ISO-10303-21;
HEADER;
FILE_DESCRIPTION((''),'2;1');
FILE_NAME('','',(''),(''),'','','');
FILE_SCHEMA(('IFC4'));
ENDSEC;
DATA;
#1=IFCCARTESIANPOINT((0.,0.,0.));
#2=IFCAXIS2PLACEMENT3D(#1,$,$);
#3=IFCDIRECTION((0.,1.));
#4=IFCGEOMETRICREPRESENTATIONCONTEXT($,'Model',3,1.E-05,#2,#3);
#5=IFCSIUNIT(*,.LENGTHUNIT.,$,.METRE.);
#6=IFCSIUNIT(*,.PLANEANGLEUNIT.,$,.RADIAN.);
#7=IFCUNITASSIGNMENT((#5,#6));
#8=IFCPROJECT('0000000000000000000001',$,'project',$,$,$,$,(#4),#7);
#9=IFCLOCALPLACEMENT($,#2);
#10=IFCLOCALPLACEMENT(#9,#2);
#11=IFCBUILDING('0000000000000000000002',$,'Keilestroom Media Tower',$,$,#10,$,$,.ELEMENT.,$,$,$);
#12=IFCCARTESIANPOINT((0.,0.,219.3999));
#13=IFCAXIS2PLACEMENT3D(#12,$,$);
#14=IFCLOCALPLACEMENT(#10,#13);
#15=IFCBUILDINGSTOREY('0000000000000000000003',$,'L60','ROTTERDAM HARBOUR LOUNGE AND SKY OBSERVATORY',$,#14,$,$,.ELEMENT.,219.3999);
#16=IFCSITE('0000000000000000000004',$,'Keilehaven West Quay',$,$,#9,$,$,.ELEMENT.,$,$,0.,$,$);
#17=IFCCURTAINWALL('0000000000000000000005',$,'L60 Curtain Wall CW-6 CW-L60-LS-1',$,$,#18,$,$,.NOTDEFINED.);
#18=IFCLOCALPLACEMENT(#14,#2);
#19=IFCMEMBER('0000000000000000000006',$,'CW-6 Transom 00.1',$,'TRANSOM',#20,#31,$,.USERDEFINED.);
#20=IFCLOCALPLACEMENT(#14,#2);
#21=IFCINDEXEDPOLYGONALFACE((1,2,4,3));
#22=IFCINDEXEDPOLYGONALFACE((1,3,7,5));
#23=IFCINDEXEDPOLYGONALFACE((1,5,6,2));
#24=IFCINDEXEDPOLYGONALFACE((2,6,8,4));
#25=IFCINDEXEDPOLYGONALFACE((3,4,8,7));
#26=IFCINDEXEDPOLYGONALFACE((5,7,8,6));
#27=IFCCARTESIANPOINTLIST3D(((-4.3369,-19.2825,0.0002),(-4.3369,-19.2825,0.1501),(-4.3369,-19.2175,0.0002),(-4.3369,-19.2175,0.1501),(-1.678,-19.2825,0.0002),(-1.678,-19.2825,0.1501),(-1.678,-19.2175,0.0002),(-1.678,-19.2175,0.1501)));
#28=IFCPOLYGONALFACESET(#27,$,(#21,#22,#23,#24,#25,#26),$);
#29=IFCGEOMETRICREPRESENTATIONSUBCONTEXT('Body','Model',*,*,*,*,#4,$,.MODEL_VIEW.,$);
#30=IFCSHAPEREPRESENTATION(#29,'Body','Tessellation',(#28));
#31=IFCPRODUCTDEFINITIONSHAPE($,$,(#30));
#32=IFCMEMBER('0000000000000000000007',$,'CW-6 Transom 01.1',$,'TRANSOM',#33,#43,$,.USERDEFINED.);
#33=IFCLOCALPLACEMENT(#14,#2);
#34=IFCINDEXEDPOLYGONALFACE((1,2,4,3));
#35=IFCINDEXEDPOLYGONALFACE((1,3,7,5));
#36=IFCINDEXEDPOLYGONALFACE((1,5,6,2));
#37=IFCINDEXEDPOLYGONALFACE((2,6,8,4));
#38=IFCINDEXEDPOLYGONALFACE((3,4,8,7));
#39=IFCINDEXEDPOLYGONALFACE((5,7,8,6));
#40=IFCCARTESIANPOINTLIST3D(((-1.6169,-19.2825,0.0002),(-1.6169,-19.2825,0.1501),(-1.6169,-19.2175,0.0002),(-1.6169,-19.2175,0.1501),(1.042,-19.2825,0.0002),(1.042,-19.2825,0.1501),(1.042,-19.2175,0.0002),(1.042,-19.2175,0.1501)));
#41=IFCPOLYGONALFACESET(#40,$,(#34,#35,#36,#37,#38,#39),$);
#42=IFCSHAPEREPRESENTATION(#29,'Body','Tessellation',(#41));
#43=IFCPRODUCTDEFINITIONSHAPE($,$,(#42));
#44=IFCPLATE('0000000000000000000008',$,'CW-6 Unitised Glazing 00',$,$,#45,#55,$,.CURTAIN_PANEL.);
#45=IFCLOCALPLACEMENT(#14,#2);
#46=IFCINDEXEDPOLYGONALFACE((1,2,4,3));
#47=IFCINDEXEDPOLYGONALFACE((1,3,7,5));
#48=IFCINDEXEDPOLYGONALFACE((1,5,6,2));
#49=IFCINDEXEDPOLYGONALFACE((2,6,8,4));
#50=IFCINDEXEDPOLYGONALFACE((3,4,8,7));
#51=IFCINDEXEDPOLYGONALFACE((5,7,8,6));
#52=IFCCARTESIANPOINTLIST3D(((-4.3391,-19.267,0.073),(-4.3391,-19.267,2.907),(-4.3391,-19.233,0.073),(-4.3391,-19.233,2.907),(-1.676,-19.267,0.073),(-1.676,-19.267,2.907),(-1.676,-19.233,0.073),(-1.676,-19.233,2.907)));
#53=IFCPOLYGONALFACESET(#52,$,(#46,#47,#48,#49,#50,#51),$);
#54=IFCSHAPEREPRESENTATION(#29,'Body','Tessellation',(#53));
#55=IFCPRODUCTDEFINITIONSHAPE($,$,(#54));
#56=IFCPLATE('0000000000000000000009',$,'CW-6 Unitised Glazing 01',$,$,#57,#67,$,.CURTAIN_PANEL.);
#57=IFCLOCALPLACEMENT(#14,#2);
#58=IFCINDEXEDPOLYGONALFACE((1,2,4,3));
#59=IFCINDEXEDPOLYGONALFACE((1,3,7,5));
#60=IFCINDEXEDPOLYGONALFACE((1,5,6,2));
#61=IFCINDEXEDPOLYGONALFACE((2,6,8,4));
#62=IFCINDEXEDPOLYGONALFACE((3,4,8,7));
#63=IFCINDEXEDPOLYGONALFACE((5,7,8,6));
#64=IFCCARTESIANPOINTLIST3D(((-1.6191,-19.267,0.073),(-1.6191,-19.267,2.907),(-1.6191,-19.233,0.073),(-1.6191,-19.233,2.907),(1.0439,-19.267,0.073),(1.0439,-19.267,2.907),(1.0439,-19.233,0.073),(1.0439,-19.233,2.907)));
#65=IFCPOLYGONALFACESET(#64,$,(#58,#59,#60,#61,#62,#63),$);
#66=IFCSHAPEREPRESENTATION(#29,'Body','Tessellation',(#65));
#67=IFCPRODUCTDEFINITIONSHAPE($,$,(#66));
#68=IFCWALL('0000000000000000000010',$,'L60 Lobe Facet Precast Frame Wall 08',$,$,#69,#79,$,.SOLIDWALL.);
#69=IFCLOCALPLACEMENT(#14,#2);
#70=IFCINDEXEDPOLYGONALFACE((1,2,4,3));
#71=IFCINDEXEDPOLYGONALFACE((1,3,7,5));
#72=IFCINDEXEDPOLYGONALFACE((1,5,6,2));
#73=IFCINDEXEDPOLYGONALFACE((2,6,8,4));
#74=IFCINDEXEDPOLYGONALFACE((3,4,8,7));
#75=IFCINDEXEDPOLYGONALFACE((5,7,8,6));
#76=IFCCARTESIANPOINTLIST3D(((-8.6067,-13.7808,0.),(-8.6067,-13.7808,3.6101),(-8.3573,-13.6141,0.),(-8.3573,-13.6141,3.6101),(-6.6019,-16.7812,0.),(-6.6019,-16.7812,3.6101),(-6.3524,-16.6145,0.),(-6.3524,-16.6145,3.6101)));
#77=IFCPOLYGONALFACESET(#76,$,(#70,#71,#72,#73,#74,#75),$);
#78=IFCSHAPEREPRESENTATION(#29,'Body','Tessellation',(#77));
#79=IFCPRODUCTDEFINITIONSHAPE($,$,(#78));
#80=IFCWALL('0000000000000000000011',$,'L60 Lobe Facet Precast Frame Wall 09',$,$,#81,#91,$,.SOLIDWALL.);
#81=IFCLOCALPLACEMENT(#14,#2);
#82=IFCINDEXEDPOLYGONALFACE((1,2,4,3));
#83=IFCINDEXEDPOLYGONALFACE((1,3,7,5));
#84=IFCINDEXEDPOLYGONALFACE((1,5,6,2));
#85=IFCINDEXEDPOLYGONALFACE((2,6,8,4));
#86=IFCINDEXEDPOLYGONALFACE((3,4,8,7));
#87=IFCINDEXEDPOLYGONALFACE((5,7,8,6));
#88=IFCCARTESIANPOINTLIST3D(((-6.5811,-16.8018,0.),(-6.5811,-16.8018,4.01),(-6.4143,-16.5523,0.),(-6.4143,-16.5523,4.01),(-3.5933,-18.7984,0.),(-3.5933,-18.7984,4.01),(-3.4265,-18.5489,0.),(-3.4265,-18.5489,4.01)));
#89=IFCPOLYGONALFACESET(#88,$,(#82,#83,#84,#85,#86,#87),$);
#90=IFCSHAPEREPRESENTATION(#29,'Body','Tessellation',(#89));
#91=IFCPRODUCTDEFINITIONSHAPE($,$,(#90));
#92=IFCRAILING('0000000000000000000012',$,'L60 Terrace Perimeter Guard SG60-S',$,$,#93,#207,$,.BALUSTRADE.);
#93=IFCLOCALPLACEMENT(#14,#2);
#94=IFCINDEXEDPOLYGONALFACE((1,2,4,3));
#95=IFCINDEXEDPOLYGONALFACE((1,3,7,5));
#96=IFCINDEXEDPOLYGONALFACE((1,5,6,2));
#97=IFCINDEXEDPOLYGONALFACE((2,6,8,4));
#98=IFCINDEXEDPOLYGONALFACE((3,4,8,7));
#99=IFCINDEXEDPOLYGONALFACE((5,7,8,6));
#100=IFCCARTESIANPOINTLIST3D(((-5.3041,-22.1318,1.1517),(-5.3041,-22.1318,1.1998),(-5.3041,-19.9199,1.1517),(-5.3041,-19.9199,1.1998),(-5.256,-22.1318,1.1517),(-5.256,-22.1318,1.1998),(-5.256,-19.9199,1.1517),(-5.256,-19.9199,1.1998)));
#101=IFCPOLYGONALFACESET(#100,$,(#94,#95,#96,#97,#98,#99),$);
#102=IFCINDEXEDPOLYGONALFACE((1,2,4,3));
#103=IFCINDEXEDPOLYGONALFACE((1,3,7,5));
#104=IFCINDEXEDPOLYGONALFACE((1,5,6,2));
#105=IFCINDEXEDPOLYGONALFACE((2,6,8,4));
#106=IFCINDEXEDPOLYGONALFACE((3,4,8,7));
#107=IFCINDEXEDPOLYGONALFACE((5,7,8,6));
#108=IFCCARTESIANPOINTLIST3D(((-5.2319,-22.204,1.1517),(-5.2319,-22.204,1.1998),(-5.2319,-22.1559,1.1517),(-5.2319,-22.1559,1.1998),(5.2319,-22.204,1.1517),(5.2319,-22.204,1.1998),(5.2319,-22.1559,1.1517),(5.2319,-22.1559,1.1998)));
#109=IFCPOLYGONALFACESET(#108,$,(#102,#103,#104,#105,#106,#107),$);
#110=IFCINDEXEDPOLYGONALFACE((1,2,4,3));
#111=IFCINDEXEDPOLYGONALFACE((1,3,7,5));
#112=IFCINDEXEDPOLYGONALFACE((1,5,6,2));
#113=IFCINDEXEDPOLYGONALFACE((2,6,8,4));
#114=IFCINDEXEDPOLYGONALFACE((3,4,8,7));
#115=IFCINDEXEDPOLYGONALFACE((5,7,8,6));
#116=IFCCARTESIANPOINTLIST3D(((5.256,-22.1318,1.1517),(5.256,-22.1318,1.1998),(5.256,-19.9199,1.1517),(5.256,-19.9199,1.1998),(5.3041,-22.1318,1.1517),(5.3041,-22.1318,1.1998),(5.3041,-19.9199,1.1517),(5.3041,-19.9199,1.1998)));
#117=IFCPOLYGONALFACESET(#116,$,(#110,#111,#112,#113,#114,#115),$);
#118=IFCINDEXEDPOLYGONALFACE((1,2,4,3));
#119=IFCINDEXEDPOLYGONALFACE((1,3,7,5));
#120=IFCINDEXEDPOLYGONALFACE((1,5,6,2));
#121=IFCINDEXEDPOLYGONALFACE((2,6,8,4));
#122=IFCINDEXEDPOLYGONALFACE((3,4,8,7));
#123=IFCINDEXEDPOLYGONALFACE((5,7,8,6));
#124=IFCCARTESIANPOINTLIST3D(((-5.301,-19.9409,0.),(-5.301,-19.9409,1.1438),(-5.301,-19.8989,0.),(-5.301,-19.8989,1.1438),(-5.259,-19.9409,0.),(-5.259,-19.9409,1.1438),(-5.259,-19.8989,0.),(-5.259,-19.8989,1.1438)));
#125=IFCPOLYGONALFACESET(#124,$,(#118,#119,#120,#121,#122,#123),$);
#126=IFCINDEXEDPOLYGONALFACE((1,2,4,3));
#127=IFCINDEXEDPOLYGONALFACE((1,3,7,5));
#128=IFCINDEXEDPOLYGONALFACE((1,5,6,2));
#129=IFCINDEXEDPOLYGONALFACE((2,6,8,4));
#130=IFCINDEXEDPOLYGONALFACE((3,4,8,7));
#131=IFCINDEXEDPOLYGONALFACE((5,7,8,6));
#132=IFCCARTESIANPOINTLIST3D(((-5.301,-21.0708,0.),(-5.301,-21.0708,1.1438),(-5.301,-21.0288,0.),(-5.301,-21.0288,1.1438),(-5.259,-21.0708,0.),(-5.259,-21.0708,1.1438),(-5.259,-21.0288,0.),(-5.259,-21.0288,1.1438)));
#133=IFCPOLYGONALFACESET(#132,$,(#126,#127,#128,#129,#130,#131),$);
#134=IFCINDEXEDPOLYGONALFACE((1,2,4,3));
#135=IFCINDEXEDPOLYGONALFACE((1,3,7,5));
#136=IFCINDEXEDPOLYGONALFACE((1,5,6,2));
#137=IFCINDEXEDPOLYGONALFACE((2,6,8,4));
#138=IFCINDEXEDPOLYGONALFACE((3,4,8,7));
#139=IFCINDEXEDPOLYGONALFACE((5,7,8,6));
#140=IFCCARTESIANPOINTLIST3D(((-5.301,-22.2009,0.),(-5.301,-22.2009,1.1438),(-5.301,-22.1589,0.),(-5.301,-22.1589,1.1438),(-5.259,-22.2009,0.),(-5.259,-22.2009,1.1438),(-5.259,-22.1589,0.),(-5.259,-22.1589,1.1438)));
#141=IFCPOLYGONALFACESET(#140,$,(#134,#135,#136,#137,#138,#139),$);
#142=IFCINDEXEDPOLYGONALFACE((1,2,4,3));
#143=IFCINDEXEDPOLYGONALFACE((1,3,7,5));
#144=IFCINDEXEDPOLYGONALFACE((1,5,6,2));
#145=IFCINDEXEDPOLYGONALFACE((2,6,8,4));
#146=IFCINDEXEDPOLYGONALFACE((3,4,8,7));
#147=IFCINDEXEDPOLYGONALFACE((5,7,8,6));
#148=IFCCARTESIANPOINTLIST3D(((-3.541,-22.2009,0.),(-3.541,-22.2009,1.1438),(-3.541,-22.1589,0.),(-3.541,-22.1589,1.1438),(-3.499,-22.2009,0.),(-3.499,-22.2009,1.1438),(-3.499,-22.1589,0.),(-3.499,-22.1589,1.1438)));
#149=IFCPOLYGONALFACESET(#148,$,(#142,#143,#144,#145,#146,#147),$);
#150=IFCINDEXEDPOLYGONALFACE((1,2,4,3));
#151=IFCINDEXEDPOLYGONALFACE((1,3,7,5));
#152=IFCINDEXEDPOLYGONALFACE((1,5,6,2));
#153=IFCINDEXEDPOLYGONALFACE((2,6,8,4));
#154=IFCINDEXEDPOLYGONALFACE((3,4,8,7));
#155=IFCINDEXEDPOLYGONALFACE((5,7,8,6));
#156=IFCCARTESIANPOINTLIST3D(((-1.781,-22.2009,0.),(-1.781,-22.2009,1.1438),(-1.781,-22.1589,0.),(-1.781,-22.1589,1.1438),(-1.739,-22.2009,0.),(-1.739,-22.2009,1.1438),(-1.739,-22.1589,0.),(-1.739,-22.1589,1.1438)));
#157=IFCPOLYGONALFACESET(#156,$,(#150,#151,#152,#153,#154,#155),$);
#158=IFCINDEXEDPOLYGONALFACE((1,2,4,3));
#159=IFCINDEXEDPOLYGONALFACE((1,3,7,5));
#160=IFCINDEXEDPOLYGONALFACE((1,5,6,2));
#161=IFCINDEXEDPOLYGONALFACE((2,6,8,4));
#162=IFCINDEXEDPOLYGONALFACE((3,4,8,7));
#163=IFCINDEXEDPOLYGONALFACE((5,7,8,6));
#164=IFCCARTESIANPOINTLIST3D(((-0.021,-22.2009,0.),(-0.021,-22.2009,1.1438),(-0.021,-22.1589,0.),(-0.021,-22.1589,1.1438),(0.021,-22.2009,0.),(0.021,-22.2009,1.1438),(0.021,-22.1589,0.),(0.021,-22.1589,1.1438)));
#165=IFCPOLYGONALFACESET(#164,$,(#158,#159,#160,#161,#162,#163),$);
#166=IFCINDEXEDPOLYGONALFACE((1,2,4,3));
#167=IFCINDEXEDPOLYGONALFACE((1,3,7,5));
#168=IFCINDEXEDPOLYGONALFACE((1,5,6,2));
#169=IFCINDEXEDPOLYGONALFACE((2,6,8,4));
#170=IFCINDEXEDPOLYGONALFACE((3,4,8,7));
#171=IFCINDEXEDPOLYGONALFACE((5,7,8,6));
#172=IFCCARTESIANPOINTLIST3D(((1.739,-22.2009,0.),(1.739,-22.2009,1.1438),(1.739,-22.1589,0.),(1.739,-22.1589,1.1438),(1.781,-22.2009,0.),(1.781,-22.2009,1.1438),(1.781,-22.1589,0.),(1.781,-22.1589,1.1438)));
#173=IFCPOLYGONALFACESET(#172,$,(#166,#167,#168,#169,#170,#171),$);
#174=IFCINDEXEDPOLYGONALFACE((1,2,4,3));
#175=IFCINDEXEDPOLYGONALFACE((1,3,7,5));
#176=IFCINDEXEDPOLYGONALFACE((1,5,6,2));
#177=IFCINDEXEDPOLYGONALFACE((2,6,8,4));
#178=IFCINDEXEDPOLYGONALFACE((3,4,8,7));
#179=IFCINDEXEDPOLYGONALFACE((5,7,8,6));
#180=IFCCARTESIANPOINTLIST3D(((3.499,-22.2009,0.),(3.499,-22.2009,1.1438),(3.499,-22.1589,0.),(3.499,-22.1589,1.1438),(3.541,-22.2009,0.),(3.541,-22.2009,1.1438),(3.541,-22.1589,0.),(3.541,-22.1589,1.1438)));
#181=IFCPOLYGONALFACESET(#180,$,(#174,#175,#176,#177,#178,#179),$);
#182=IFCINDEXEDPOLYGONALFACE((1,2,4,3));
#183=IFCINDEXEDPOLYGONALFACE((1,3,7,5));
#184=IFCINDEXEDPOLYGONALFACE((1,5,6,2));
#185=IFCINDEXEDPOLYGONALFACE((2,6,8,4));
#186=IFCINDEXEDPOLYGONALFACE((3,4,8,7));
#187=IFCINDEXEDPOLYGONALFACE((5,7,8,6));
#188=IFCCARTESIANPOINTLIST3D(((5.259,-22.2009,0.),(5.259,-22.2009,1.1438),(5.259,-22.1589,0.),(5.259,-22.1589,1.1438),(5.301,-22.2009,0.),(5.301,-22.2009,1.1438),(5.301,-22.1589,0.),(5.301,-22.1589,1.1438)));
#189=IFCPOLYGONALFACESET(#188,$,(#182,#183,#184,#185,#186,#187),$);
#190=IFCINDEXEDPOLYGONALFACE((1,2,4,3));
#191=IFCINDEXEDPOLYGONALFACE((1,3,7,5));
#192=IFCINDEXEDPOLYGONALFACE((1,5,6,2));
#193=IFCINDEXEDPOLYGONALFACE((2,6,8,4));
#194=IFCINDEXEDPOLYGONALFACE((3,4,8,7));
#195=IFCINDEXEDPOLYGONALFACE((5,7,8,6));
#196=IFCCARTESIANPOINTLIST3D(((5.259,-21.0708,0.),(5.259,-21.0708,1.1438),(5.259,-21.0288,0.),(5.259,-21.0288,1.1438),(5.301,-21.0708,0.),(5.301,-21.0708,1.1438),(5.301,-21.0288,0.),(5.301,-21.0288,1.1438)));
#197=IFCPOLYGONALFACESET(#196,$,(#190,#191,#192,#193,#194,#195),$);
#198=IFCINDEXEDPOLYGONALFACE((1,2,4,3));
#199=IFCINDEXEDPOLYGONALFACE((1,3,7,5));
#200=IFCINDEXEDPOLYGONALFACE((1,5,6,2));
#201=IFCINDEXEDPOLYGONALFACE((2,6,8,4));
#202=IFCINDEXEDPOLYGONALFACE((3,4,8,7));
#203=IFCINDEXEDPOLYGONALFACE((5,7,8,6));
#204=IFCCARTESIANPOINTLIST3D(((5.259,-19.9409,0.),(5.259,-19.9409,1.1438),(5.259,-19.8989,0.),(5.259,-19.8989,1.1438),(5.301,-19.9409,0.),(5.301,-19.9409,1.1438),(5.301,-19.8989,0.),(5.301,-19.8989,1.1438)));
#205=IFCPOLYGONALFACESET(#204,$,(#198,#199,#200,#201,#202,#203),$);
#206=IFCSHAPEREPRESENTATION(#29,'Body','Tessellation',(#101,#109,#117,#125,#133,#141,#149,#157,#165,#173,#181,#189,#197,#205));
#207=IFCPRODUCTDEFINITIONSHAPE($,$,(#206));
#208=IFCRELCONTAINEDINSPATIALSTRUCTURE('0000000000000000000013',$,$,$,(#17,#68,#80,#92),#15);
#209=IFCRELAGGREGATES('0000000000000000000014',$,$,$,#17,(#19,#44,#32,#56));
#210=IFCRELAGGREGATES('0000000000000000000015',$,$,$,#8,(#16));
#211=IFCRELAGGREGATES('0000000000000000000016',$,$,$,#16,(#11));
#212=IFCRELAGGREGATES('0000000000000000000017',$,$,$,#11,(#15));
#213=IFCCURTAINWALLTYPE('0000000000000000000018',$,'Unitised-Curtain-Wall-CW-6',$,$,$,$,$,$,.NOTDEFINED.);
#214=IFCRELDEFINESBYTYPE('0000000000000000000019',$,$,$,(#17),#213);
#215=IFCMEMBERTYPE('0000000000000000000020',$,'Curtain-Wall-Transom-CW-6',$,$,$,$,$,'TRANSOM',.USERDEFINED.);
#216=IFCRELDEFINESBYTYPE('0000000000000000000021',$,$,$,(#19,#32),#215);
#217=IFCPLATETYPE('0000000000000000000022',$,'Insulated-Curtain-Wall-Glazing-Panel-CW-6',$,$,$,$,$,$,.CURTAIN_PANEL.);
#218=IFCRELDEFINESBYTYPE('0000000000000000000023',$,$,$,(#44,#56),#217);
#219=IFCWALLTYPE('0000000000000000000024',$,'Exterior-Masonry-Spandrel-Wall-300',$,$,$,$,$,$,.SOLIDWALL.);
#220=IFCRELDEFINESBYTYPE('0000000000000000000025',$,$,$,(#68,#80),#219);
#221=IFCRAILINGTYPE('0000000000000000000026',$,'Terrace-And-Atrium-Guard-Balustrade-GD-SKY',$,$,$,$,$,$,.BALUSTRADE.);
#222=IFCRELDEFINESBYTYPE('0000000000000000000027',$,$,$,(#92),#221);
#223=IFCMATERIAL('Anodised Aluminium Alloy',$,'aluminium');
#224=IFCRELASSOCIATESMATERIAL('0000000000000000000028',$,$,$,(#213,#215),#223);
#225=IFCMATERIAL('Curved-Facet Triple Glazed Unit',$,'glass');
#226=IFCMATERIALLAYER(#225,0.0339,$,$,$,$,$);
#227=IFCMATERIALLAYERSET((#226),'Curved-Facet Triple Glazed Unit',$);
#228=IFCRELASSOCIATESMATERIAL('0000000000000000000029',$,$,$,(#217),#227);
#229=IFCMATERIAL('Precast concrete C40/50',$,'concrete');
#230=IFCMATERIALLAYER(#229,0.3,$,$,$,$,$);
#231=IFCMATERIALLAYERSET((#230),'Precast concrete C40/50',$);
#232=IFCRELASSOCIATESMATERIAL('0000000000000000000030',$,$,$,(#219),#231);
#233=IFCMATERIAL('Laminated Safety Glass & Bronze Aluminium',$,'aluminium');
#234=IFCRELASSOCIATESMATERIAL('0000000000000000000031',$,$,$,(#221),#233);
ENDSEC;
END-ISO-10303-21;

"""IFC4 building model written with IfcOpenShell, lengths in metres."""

from ifc_helpers import new_model, si_unit, direction, frame, frame_2d, origin, origin_2d, place, context, subcontext, project, spatial, rectangle, extrude, source, transform, mapped, material, layer, layer_set, material_profile, profile_set, type_object, element, aggregate, save


model = new_model("IFC4")

# Units and contexts
model_context = context("Model", 3, precision=1e-05, world=origin(), true_north=direction((0.0, 1.0)))
body_context = subcontext(model_context, "Body", "Model", "MODEL_VIEW")
ifc_project = project(units=[si_unit("LENGTHUNIT", "METRE"), si_unit("PLANEANGLEUNIT", "RADIAN")], contexts=[model_context])

# Site, building, storey
site_placement = place(None, origin())
site = spatial("IfcSite", under=ifc_project, at=site_placement, Name="Keilehaven West Quay", CompositionType="ELEMENT", RefElevation=0.0)
building_placement = place(site_placement, origin())
building = spatial("IfcBuilding", under=site, at=building_placement, Name="Keilestroom Media Tower", CompositionType="ELEMENT")
storey_placement = place(building_placement, frame((0.0, 0.0, 219.3999)))
storey = spatial("IfcBuildingStorey", under=building, at=storey_placement, Name="L60", Description="ROTTERDAM HARBOUR LOUNGE AND SKY OBSERVATORY", CompositionType="ELEMENT", Elevation=219.3999)

# Curtain wall, members, plates
ifc_material_1 = material(Name="Anodised Aluminium Alloy", Category="aluminium")
curtain_wall_type = type_object("IfcCurtainWallType", Name="Unitised-Curtain-Wall-CW-6", PredefinedType="NOTDEFINED", material=ifc_material_1)
curtain_wall_placement = place(storey_placement, origin())
curtain_wall = element("IfcCurtainWall", 1, at=curtain_wall_placement, inside=storey, type_object=curtain_wall_type, Name="L60 Curtain Wall CW-6 CW-L60-LS-1", PredefinedType="NOTDEFINED")
ifc_material_profile_1 = material_profile(ifc_material_1, rectangle(XDim=0.0649, YDim=0.1499, at=origin_2d()), Name="ALU TRANSOM 65x150")
ifc_profile_set_1 = profile_set([ifc_material_profile_1], Name="Anodised Aluminium Alloy")
member_type_1 = type_object("IfcMemberType", Name="Curtain-Wall-Transom-CW-6", ElementType="TRANSOM", PredefinedType="USERDEFINED", material=ifc_profile_set_1)
shared_shape_1 = source(origin(), body_context, "Body", "SweptSolid", [
    extrude(rectangle(XDim=0.0649, YDim=0.1499, at=origin_2d()), origin(), (0.0, 0.0, 1.0), 2.6589),
])
member_1_placement = place(storey_placement, frame((-4.3369, -19.25, 0.0752), z_axis=(1.0, 0.0, 0.0), x_axis=(0.0, 1.0, 0.0)))
member_1 = element("IfcMember", 2, at=member_1_placement, type_object=member_type_1, Name="CW-6 Transom 00.1", ObjectType="TRANSOM", PredefinedType="USERDEFINED", context=body_context, shape_type="MappedRepresentation", body=[
    mapped(shared_shape_1, transform((0.0, 0.0, 0.0), x_axis=(1.0, 0.0, 0.0), y_axis=(0.0, 1.0, 0.0), z_axis=(0.0, 0.0, 1.0), scale=1.0)),
])
member_2_placement = place(storey_placement, frame((-1.6169, -19.25, 0.0752), z_axis=(1.0, 0.0, 0.0), x_axis=(0.0, 1.0, 0.0)))
member_2 = element("IfcMember", 3, at=member_2_placement, type_object=member_type_1, Name="CW-6 Transom 01.1", ObjectType="TRANSOM", PredefinedType="USERDEFINED", context=body_context, shape_type="MappedRepresentation", body=[
    mapped(shared_shape_1, transform((0.0, 0.0, 0.0), x_axis=(1.0, 0.0, 0.0), y_axis=(0.0, 1.0, 0.0), z_axis=(0.0, 0.0, 1.0), scale=1.0)),
])
ifc_material_2 = material(Name="Curved-Facet Triple Glazed Unit", Category="glass")
ifc_layer_1 = layer(ifc_material_2, 0.0339)
ifc_layer_set_1 = layer_set([ifc_layer_1], Name="Curved-Facet Triple Glazed Unit")
plate_type = type_object("IfcPlateType", Name="Insulated-Curtain-Wall-Glazing-Panel-CW-6", PredefinedType="CURTAIN_PANEL", material=ifc_layer_set_1)
shared_shape_2 = source(origin(), body_context, "Body", "SweptSolid", [
    extrude(rectangle(XDim=2.6631, YDim=0.0339, at=origin_2d()), origin(), (0.0, 0.0, 1.0), 2.834),
])
plate_1_placement = place(storey_placement, frame((-3.0076, -19.25, 0.073), z_axis=(0.0, 0.0, 1.0), x_axis=(1.0, 0.0, 0.0)))
plate_1 = element("IfcPlate", 4, at=plate_1_placement, type_object=plate_type, Name="CW-6 Unitised Glazing 00", PredefinedType="CURTAIN_PANEL", context=body_context, shape_type="MappedRepresentation", body=[
    mapped(shared_shape_2, transform((0.0, 0.0, 0.0), x_axis=(1.0, 0.0, 0.0), y_axis=(0.0, 1.0, 0.0), z_axis=(0.0, 0.0, 1.0), scale=1.0)),
])
plate_2_placement = place(storey_placement, frame((-0.2876, -19.25, 0.073), z_axis=(0.0, 0.0, 1.0), x_axis=(1.0, 0.0, 0.0)))
plate_2 = element("IfcPlate", 5, at=plate_2_placement, type_object=plate_type, Name="CW-6 Unitised Glazing 01", PredefinedType="CURTAIN_PANEL", context=body_context, shape_type="MappedRepresentation", body=[
    mapped(shared_shape_2, transform((0.0, 0.0, 0.0), x_axis=(1.0, 0.0, 0.0), y_axis=(0.0, 1.0, 0.0), z_axis=(0.0, 0.0, 1.0), scale=1.0)),
])
aggregate(curtain_wall, [member_1, plate_1, member_2, plate_2])

# Walls
ifc_material_3 = material(Name="Precast concrete C40/50", Category="concrete")
ifc_layer_2 = layer(ifc_material_3, 0.3)
ifc_layer_set_2 = layer_set([ifc_layer_2], Name="Precast concrete C40/50")
wall_type = type_object("IfcWallType", Name="Exterior-Masonry-Spandrel-Wall-300", PredefinedType="SOLIDWALL", material=ifc_layer_set_2)
wall_1_placement = place(storey_placement, frame((-8.4819, -13.6975, 0.0), z_axis=(0.0, 0.0, 1.0), x_axis=(0.555574, -0.831467, 0.0)))
element("IfcWall", 6, at=wall_1_placement, inside=storey, type_object=wall_type, Name="L60 Lobe Facet Precast Frame Wall 08", PredefinedType="SOLIDWALL", context=body_context, shape_type="SweptSolid", body=[
    extrude(rectangle(XDim=3.6086, YDim=0.3, at=frame_2d((1.8042, 0.0))), origin(), (0.0, 0.0, 1.0), 3.6101),
])
wall_2_placement = place(storey_placement, frame((-6.4978, -16.677, 0.0), z_axis=(0.0, 0.0, 1.0), x_axis=(0.831444, -0.555609, 0.0)))
element("IfcWall", 7, at=wall_2_placement, inside=storey, type_object=wall_type, Name="L60 Lobe Facet Precast Frame Wall 09", PredefinedType="SOLIDWALL", context=body_context, shape_type="SweptSolid", body=[
    extrude(rectangle(XDim=3.5935, YDim=0.3, at=frame_2d((1.7969, 0.0))), origin(), (0.0, 0.0, 1.0), 4.01),
])

# Railing
ifc_material_4 = material(Name="Laminated Safety Glass & Bronze Aluminium", Category="aluminium")
railing_type = type_object("IfcRailingType", Name="Terrace-And-Atrium-Guard-Balustrade-GD-SKY", PredefinedType="BALUSTRADE", material=ifc_material_4)
railing_placement = place(storey_placement, frame((-5.28, -19.9199, 0.0)))
element("IfcRailing", 8, at=railing_placement, inside=storey, type_object=railing_type, Name="L60 Terrace Perimeter Guard SG60-S", PredefinedType="BALUSTRADE", context=body_context, shape_type="SweptSolid", body=[
    extrude(rectangle(XDim=0.0481, YDim=0.0481, at=origin_2d()), frame((0.0, 0.0, 1.1758), z_axis=(0.0, -1.0, 0.0), x_axis=(1.0, 0.0, 0.0)), (0.0, 0.0, 1.0), 2.2119),
    extrude(rectangle(XDim=0.0481, YDim=0.0481, at=origin_2d()), frame((0.0481, -2.26, 1.1758), z_axis=(1.0, 0.0, 0.0), x_axis=(0.0, 1.0, 0.0)), (0.0, 0.0, 1.0), 10.4639),
    extrude(rectangle(XDim=0.0481, YDim=0.0481, at=origin_2d()), frame((10.5601, -2.2119, 1.1758), z_axis=(0.0, 1.0, 0.0), x_axis=(-1.0, 0.0, 0.0)), (0.0, 0.0, 1.0), 2.2119),
    extrude(rectangle(XDim=0.042, YDim=0.042, at=origin_2d()), origin(), (0.0, 0.0, 1.0), 1.1438),
    extrude(rectangle(XDim=0.042, YDim=0.042, at=origin_2d()), frame((0.0, -1.1299, 0.0)), (0.0, 0.0, 1.0), 1.1438),
    extrude(rectangle(XDim=0.042, YDim=0.042, at=origin_2d()), frame((0.0, -2.26, 0.0)), (0.0, 0.0, 1.0), 1.1438),
    extrude(rectangle(XDim=0.042, YDim=0.042, at=origin_2d()), frame((1.76, -2.26, 0.0)), (0.0, 0.0, 1.0), 1.1438),
    extrude(rectangle(XDim=0.042, YDim=0.042, at=origin_2d()), frame((3.52, -2.26, 0.0)), (0.0, 0.0, 1.0), 1.1438),
    extrude(rectangle(XDim=0.042, YDim=0.042, at=origin_2d()), frame((5.28, -2.26, 0.0)), (0.0, 0.0, 1.0), 1.1438),
    extrude(rectangle(XDim=0.042, YDim=0.042, at=origin_2d()), frame((7.04, -2.26, 0.0)), (0.0, 0.0, 1.0), 1.1438),
    extrude(rectangle(XDim=0.042, YDim=0.042, at=origin_2d()), frame((8.8, -2.26, 0.0)), (0.0, 0.0, 1.0), 1.1438),
    extrude(rectangle(XDim=0.042, YDim=0.042, at=origin_2d()), frame((10.5601, -2.26, 0.0)), (0.0, 0.0, 1.0), 1.1438),
    extrude(rectangle(XDim=0.042, YDim=0.042, at=origin_2d()), frame((10.5601, -1.1299, 0.0)), (0.0, 0.0, 1.0), 1.1438),
    extrude(rectangle(XDim=0.042, YDim=0.042, at=origin_2d()), frame((10.5601, 0.0, 0.0)), (0.0, 0.0, 1.0), 1.1438),
])

save(model, "model.ifc")
